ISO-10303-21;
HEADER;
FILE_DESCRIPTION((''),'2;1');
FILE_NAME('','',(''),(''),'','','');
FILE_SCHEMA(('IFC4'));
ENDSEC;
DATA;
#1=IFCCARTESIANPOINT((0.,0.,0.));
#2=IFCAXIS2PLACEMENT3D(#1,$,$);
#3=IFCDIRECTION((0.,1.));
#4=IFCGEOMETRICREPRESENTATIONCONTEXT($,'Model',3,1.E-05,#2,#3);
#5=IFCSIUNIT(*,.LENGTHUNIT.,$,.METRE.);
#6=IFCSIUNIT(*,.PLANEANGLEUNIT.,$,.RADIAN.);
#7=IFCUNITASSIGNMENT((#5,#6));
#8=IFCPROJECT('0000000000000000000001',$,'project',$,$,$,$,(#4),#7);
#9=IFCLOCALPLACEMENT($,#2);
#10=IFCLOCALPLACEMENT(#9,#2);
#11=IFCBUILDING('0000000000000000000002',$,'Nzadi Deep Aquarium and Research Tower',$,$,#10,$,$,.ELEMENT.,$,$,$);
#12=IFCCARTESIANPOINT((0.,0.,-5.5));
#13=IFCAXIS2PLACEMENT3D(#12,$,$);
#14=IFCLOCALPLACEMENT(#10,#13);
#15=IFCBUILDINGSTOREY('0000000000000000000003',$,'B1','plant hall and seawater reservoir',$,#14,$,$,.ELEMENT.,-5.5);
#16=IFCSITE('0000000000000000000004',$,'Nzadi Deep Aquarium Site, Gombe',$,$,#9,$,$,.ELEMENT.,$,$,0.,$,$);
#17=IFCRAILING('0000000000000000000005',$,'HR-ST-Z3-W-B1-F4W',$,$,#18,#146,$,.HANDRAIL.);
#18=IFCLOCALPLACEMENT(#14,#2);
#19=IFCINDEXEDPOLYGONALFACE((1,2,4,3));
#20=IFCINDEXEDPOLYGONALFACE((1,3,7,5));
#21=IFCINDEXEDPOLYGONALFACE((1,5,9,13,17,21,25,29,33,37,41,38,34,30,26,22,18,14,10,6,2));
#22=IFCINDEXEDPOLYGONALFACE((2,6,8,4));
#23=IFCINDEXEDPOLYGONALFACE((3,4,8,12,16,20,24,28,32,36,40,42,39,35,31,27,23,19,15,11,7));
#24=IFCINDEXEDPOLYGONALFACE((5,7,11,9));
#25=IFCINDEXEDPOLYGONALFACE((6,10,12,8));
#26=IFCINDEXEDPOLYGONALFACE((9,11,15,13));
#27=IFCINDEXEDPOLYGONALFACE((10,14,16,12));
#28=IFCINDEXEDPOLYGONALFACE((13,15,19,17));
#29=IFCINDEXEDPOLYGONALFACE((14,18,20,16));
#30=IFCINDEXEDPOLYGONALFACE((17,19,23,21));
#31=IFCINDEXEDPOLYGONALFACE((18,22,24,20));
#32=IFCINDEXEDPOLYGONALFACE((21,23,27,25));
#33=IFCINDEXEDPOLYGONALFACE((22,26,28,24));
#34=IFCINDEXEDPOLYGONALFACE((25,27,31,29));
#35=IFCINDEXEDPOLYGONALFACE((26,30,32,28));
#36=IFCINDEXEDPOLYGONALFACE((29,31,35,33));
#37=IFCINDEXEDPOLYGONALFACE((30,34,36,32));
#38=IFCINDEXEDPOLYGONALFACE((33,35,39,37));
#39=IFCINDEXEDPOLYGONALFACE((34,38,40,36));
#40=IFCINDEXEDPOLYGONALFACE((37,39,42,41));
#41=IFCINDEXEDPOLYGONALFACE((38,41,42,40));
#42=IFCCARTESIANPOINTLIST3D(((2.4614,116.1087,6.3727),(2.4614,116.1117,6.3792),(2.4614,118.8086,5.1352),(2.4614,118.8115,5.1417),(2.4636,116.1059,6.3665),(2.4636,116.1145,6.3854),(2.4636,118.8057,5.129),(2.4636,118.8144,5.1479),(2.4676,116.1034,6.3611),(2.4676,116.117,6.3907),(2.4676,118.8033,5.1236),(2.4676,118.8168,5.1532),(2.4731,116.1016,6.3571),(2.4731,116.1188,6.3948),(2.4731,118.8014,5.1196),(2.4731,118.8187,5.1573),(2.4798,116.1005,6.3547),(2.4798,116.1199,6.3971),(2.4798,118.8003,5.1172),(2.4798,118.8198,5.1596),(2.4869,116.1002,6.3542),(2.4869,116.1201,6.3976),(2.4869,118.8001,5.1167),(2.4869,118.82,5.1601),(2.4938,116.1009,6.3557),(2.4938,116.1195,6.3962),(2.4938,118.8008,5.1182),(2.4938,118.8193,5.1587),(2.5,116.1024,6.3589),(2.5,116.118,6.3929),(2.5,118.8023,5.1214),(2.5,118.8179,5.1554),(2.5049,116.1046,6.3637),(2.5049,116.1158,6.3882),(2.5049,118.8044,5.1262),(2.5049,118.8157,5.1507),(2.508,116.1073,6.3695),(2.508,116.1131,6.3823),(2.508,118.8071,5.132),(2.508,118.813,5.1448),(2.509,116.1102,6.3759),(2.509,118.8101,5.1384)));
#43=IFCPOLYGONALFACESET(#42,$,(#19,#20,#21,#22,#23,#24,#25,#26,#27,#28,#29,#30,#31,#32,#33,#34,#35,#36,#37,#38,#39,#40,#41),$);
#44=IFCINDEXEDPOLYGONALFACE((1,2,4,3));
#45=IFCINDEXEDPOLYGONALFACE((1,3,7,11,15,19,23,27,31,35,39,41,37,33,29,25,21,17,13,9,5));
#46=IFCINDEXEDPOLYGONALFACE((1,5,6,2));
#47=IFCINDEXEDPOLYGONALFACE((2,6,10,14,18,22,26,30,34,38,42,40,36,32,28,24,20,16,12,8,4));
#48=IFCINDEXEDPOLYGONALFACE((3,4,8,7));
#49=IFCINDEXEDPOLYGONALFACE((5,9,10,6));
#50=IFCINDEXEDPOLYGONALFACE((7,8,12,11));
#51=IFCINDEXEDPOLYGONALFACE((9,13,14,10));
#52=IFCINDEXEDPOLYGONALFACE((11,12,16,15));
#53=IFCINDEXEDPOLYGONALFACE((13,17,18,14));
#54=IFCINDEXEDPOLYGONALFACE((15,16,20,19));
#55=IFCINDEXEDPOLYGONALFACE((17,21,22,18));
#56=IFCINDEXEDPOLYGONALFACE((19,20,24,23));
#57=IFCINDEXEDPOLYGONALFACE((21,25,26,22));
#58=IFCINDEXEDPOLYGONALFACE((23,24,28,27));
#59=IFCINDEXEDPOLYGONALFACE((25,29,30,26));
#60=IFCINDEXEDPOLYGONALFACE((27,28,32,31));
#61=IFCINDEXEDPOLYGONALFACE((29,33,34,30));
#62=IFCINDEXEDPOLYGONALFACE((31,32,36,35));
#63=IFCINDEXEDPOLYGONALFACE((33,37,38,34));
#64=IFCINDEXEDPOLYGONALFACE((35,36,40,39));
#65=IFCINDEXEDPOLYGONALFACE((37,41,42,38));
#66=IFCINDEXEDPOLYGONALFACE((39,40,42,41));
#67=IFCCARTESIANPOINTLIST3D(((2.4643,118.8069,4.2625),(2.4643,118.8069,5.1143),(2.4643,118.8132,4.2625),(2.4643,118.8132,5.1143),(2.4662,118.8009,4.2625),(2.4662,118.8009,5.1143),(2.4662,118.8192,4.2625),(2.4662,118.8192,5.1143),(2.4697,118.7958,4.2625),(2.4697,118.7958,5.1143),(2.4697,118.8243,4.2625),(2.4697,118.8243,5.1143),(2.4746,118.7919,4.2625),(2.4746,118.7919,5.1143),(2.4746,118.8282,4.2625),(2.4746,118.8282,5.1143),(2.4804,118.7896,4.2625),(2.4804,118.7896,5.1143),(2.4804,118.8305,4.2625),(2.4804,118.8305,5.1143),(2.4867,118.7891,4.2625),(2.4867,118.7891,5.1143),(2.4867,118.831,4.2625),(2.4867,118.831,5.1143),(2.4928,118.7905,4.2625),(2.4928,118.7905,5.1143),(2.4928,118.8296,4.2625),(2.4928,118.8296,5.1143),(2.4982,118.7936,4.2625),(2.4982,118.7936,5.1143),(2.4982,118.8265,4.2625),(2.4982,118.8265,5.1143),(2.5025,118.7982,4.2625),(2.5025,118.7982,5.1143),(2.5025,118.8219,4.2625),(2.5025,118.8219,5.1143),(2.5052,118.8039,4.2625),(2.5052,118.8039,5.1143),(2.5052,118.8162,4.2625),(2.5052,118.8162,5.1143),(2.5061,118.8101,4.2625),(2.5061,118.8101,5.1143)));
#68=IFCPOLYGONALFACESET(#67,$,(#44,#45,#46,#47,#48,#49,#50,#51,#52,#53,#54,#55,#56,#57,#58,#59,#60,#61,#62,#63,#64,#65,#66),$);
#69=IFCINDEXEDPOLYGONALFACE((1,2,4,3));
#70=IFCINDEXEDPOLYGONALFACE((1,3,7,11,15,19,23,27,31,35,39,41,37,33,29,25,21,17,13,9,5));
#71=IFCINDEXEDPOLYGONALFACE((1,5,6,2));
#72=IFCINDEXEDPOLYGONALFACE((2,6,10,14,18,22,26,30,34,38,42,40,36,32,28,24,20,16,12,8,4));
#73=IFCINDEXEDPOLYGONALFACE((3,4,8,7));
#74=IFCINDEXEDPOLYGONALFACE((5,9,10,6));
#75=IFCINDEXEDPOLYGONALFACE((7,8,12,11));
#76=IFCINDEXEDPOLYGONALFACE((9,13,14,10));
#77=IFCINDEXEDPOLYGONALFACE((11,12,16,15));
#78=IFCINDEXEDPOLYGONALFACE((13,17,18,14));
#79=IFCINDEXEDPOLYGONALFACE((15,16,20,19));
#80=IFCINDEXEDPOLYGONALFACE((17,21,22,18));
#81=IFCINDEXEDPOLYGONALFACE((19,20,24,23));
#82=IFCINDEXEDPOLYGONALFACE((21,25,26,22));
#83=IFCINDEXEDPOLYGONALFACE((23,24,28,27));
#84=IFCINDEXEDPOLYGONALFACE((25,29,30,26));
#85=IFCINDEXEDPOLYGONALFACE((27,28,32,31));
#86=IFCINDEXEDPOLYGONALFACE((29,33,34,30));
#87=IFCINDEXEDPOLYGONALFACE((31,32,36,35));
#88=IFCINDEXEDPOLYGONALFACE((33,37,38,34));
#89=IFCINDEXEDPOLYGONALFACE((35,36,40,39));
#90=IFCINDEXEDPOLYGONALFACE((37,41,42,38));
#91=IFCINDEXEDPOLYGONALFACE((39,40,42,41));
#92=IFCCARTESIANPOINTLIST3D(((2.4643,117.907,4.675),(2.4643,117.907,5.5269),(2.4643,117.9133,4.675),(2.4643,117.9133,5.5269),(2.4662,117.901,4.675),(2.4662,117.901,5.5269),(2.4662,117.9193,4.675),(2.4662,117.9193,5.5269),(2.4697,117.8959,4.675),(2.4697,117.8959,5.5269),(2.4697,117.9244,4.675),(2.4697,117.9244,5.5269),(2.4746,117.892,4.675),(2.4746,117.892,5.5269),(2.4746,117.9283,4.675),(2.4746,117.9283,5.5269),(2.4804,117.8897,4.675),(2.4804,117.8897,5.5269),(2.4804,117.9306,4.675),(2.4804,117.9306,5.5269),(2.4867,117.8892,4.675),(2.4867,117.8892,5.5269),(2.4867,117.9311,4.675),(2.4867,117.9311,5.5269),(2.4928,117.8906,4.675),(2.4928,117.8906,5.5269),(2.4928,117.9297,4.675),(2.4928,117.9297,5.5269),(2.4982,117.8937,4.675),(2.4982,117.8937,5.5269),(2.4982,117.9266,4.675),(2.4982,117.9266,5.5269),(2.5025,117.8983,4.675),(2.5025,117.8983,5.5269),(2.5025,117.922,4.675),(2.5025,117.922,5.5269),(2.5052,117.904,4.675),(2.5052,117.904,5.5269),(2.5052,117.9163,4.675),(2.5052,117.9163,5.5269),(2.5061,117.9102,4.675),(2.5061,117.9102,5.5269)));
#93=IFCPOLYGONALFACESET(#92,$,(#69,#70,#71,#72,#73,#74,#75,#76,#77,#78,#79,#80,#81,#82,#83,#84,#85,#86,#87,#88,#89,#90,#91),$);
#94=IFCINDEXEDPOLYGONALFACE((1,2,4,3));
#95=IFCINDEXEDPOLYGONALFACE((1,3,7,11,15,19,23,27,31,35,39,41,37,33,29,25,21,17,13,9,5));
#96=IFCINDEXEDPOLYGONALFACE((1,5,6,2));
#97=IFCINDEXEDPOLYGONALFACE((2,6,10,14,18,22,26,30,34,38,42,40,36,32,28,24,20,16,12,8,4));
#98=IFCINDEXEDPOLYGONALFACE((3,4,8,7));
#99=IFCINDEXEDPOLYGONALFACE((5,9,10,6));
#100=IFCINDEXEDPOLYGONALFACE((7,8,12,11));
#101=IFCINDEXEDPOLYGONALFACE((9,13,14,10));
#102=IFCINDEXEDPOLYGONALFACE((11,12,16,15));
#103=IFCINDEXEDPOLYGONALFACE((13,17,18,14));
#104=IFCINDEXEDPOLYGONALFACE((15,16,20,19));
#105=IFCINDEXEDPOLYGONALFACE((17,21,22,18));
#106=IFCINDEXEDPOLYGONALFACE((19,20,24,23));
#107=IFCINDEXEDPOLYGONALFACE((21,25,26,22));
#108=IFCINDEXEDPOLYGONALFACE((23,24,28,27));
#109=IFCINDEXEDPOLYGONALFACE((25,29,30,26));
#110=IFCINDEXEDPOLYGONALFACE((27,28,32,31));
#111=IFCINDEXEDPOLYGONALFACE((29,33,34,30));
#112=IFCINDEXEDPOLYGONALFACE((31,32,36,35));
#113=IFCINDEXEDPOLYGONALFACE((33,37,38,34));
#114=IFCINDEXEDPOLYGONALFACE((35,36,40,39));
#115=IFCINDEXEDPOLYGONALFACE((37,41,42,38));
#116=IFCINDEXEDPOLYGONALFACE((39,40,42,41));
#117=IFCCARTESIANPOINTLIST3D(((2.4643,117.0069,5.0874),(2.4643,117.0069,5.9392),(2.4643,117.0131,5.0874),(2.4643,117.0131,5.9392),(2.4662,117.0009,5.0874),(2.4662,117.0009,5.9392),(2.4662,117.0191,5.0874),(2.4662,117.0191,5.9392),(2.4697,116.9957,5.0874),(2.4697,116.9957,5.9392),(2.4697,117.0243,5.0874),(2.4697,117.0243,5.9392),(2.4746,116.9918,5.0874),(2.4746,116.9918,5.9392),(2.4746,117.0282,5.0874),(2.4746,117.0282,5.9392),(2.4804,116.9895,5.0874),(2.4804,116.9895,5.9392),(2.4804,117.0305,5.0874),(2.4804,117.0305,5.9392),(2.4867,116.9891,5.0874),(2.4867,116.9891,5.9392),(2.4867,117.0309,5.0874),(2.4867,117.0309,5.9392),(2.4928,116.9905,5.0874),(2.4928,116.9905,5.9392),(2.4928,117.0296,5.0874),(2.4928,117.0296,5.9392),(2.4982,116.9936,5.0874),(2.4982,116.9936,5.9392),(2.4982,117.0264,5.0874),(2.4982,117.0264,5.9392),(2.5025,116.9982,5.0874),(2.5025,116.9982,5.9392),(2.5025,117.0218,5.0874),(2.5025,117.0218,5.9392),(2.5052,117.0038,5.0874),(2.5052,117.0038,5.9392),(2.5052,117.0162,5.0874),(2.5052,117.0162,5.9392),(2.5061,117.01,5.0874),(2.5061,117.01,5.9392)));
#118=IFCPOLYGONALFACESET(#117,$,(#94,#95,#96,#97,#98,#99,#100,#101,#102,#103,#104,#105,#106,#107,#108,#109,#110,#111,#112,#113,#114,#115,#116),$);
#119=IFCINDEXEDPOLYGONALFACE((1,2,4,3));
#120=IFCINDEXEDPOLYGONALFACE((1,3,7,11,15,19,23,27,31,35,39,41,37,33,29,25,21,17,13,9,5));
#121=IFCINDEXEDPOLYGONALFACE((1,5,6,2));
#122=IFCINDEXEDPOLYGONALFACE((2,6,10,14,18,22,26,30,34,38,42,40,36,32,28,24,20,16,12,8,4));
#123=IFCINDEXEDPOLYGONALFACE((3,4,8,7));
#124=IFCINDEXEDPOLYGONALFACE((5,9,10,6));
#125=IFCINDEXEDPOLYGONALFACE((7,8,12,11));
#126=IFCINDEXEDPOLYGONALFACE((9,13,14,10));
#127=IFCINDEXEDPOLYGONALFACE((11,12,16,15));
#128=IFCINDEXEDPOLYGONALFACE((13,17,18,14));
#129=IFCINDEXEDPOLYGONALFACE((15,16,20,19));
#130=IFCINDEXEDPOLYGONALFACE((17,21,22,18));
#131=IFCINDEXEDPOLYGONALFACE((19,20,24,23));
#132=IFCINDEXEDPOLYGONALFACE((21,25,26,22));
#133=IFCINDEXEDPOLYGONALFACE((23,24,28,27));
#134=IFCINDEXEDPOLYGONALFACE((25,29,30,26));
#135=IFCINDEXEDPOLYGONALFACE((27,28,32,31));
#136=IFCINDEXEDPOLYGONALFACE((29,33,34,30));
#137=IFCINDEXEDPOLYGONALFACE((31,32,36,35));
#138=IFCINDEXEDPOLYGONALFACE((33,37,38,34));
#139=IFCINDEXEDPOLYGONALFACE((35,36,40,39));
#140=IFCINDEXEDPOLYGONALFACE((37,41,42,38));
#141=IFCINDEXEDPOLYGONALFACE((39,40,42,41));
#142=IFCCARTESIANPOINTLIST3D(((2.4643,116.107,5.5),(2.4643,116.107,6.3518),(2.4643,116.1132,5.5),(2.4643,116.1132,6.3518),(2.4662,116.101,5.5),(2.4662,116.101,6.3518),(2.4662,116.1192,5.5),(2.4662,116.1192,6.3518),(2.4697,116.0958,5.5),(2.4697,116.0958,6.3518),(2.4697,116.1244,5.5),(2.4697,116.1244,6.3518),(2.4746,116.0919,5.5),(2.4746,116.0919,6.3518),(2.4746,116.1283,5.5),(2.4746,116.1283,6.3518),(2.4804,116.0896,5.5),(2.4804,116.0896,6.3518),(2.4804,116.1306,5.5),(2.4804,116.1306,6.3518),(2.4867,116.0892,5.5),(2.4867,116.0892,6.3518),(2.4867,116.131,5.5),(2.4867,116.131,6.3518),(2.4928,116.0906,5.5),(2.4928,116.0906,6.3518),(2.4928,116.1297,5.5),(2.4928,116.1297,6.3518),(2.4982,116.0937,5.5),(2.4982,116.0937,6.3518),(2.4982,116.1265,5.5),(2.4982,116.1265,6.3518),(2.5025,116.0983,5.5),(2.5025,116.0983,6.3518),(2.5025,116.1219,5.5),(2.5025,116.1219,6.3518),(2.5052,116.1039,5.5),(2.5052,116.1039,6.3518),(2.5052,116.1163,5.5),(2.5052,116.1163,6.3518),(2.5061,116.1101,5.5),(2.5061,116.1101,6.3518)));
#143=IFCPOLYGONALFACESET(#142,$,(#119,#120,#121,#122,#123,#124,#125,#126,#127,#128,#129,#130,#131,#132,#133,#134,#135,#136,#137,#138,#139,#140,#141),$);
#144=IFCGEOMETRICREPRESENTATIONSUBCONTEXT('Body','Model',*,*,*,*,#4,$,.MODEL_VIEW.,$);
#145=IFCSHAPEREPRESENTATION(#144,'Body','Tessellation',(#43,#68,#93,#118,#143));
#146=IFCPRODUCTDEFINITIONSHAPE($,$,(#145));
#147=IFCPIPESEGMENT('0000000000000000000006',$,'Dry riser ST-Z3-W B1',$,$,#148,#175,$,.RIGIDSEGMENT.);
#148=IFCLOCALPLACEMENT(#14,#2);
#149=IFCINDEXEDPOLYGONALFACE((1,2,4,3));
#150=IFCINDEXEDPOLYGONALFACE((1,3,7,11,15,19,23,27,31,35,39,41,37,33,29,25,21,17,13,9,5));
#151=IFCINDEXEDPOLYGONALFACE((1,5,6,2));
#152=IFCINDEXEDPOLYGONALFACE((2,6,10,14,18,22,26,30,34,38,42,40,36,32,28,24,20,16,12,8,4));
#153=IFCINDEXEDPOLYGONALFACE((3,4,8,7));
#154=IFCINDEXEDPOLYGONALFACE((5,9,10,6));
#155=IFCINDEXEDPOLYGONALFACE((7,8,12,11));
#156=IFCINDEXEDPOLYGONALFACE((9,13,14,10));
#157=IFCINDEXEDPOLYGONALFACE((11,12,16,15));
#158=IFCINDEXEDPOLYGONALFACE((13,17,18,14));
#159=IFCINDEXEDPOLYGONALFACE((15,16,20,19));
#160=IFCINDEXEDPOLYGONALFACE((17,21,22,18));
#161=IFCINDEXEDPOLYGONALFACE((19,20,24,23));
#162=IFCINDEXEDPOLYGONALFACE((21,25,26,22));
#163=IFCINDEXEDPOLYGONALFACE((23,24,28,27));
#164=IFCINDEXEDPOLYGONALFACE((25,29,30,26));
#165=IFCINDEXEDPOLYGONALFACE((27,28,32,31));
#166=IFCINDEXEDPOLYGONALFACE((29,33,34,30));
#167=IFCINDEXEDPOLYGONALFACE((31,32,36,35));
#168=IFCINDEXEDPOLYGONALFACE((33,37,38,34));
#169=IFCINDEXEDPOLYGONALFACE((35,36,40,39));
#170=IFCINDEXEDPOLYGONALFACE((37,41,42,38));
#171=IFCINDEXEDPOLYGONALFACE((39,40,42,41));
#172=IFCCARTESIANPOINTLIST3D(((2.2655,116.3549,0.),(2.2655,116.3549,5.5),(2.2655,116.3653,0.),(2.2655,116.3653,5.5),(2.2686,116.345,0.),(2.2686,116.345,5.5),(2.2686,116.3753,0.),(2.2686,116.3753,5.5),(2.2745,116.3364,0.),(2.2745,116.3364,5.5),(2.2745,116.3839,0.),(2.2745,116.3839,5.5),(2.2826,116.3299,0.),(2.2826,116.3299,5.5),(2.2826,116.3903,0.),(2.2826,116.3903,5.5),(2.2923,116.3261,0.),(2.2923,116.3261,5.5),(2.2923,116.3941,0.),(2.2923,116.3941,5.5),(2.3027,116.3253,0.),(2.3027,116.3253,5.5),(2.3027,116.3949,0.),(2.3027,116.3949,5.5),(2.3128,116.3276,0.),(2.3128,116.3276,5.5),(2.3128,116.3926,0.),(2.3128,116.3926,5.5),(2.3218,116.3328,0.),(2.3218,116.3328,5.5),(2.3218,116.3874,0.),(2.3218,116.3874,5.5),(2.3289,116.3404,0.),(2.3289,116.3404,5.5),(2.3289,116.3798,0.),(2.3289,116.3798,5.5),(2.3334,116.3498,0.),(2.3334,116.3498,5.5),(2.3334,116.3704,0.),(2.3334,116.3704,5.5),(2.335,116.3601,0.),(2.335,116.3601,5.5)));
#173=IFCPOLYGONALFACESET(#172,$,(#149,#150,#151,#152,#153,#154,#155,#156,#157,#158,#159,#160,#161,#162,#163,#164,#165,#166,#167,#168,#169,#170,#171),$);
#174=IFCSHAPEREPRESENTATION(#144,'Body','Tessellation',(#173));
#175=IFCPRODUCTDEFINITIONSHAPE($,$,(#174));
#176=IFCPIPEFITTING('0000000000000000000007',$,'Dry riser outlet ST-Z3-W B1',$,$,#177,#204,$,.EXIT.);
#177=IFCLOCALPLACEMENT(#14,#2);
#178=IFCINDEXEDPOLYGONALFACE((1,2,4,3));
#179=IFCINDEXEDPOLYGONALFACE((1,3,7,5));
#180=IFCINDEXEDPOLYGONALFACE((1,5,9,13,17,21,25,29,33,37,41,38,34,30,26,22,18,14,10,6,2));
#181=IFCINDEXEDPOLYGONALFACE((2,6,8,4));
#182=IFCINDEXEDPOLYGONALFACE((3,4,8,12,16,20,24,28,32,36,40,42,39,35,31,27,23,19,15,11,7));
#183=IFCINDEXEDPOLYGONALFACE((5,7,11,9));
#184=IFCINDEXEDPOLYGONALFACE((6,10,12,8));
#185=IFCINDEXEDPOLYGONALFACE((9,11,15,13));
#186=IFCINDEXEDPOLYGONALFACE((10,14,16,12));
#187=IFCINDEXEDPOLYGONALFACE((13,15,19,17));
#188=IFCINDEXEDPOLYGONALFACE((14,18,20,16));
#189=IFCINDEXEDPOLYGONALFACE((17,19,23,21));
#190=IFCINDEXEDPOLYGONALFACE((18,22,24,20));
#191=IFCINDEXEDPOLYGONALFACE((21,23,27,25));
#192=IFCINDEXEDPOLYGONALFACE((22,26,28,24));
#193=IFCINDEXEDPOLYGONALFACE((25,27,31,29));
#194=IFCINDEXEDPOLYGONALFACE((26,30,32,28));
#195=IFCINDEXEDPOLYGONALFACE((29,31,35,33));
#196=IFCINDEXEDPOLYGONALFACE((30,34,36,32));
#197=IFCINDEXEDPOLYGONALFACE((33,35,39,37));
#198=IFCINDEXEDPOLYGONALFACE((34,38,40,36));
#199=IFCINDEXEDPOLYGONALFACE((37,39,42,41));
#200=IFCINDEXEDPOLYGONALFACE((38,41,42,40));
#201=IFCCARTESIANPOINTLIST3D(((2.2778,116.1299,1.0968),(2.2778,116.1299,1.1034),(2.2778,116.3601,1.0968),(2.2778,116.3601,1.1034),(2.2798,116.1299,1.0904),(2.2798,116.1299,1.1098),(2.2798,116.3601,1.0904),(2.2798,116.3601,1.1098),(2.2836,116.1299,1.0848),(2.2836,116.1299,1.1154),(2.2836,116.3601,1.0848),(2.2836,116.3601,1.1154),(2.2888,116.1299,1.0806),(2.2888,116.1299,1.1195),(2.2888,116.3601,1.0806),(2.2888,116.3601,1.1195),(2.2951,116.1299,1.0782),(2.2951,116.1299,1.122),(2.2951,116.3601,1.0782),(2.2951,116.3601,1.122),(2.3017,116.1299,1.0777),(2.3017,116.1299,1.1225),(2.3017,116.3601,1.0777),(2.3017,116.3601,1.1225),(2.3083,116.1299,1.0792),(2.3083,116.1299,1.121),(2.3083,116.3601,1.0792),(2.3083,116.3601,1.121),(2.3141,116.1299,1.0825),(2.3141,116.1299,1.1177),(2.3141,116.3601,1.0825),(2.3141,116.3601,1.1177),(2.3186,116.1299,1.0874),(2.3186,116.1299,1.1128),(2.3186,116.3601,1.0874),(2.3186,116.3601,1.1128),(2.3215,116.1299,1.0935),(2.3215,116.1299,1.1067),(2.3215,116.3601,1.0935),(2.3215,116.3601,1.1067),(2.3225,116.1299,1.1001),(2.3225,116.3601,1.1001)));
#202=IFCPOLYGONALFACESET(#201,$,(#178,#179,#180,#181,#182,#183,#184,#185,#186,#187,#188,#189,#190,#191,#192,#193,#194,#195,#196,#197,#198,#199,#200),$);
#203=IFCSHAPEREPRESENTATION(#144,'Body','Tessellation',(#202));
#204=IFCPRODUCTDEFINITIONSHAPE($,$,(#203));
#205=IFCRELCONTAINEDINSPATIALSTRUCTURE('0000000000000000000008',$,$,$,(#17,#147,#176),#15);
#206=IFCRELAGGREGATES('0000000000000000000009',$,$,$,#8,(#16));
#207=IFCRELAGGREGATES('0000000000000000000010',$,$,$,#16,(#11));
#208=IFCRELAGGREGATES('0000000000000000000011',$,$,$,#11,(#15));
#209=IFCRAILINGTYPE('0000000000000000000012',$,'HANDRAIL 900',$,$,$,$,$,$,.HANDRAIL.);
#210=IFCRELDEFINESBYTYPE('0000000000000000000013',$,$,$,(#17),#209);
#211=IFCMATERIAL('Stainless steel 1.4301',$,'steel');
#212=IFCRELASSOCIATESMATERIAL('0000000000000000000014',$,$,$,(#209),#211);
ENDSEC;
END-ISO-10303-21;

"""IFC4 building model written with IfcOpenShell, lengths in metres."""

from ifc_helpers import new_model, si_unit, direction, frame, origin, origin_2d, place, context, subcontext, project, spatial, circle, extrude, material, type_object, element, save


model = new_model("IFC4")

# Units and contexts
model_context = context("Model", 3, precision=1e-05, world=origin(), true_north=direction((0.0, 1.0)))
body_context = subcontext(model_context, "Body", "Model", "MODEL_VIEW")
ifc_project = project(units=[si_unit("LENGTHUNIT", "METRE"), si_unit("PLANEANGLEUNIT", "RADIAN")], contexts=[model_context])

# Site, building, storey
site_placement = place(None, origin())
site = spatial("IfcSite", under=ifc_project, at=site_placement, Name="Nzadi Deep Aquarium Site, Gombe", CompositionType="ELEMENT", RefElevation=0.0)
building_placement = place(site_placement, origin())
building = spatial("IfcBuilding", under=site, at=building_placement, Name="Nzadi Deep Aquarium and Research Tower", CompositionType="ELEMENT")
storey_placement = place(building_placement, frame((0.0, 0.0, -5.5)))
storey = spatial("IfcBuildingStorey", under=building, at=storey_placement, Name="B1", Description="plant hall and seawater reservoir", CompositionType="ELEMENT", Elevation=-5.5)

# Railing
ifc_material_1 = material(Name="Stainless steel 1.4301", Category="steel")
railing_type = type_object("IfcRailingType", Name="HANDRAIL 900", PredefinedType="HANDRAIL", material=ifc_material_1)
railing_1_placement = place(storey_placement, frame((2.4851, 118.8101, 4.2625)))
element("IfcRailing", 1, at=railing_1_placement, inside=storey, type_object=railing_type, Name="HR-ST-Z3-W-B1-F4W", PredefinedType="HANDRAIL", context=body_context, shape_type="SweptSolid", body=[
    extrude(circle(Radius=0.0239, at=origin_2d()), frame((0.0, 0.0, 0.876), z_axis=(0.0, -0.909056, 0.416675), x_axis=(1.0, 0.0, 0.0)), (0.0, 0.0, 1.0), 2.97),
    extrude(circle(Radius=0.021, at=origin_2d()), origin(), (0.0, 0.0, 1.0), 0.8518),
    extrude(circle(Radius=0.021, at=origin_2d()), frame((0.0, -0.8999, 0.4126)), (0.0, 0.0, 1.0), 0.8518),
    extrude(circle(Radius=0.021, at=origin_2d()), frame((0.0, -1.8, 0.825)), (0.0, 0.0, 1.0), 0.8518),
    extrude(circle(Radius=0.021, at=origin_2d()), frame((0.0, -2.7, 1.2375)), (0.0, 0.0, 1.0), 0.8518),
])

# Pipe segment
pipe_segment_placement = place(storey_placement, frame((2.3, 116.3601, 0.0), z_axis=(0.0, 0.0, 1.0), x_axis=(1.0, 0.0, 0.0)))
element("IfcPipeSegment", 2, at=pipe_segment_placement, inside=storey, Name="Dry riser ST-Z3-W B1", PredefinedType="RIGIDSEGMENT", context=body_context, shape_type="SweptSolid", body=[
    extrude(circle(Radius=0.0349, at=origin_2d()), origin(), (0.0, 0.0, 1.0), 5.5),
])

# Pipe fitting
pipe_fitting_placement = place(storey_placement, frame((2.3, 116.3601, 1.1001), z_axis=(0.0, -1.0, 0.0), x_axis=(1.0, 0.0, 0.0)))
element("IfcPipeFitting", 3, at=pipe_fitting_placement, inside=storey, Name="Dry riser outlet ST-Z3-W B1", PredefinedType="EXIT", context=body_context, shape_type="SweptSolid", body=[
    extrude(circle(Radius=0.0225, at=origin_2d()), origin(), (0.0, 0.0, 1.0), 0.2302),
])

save(model, "model.ifc")
